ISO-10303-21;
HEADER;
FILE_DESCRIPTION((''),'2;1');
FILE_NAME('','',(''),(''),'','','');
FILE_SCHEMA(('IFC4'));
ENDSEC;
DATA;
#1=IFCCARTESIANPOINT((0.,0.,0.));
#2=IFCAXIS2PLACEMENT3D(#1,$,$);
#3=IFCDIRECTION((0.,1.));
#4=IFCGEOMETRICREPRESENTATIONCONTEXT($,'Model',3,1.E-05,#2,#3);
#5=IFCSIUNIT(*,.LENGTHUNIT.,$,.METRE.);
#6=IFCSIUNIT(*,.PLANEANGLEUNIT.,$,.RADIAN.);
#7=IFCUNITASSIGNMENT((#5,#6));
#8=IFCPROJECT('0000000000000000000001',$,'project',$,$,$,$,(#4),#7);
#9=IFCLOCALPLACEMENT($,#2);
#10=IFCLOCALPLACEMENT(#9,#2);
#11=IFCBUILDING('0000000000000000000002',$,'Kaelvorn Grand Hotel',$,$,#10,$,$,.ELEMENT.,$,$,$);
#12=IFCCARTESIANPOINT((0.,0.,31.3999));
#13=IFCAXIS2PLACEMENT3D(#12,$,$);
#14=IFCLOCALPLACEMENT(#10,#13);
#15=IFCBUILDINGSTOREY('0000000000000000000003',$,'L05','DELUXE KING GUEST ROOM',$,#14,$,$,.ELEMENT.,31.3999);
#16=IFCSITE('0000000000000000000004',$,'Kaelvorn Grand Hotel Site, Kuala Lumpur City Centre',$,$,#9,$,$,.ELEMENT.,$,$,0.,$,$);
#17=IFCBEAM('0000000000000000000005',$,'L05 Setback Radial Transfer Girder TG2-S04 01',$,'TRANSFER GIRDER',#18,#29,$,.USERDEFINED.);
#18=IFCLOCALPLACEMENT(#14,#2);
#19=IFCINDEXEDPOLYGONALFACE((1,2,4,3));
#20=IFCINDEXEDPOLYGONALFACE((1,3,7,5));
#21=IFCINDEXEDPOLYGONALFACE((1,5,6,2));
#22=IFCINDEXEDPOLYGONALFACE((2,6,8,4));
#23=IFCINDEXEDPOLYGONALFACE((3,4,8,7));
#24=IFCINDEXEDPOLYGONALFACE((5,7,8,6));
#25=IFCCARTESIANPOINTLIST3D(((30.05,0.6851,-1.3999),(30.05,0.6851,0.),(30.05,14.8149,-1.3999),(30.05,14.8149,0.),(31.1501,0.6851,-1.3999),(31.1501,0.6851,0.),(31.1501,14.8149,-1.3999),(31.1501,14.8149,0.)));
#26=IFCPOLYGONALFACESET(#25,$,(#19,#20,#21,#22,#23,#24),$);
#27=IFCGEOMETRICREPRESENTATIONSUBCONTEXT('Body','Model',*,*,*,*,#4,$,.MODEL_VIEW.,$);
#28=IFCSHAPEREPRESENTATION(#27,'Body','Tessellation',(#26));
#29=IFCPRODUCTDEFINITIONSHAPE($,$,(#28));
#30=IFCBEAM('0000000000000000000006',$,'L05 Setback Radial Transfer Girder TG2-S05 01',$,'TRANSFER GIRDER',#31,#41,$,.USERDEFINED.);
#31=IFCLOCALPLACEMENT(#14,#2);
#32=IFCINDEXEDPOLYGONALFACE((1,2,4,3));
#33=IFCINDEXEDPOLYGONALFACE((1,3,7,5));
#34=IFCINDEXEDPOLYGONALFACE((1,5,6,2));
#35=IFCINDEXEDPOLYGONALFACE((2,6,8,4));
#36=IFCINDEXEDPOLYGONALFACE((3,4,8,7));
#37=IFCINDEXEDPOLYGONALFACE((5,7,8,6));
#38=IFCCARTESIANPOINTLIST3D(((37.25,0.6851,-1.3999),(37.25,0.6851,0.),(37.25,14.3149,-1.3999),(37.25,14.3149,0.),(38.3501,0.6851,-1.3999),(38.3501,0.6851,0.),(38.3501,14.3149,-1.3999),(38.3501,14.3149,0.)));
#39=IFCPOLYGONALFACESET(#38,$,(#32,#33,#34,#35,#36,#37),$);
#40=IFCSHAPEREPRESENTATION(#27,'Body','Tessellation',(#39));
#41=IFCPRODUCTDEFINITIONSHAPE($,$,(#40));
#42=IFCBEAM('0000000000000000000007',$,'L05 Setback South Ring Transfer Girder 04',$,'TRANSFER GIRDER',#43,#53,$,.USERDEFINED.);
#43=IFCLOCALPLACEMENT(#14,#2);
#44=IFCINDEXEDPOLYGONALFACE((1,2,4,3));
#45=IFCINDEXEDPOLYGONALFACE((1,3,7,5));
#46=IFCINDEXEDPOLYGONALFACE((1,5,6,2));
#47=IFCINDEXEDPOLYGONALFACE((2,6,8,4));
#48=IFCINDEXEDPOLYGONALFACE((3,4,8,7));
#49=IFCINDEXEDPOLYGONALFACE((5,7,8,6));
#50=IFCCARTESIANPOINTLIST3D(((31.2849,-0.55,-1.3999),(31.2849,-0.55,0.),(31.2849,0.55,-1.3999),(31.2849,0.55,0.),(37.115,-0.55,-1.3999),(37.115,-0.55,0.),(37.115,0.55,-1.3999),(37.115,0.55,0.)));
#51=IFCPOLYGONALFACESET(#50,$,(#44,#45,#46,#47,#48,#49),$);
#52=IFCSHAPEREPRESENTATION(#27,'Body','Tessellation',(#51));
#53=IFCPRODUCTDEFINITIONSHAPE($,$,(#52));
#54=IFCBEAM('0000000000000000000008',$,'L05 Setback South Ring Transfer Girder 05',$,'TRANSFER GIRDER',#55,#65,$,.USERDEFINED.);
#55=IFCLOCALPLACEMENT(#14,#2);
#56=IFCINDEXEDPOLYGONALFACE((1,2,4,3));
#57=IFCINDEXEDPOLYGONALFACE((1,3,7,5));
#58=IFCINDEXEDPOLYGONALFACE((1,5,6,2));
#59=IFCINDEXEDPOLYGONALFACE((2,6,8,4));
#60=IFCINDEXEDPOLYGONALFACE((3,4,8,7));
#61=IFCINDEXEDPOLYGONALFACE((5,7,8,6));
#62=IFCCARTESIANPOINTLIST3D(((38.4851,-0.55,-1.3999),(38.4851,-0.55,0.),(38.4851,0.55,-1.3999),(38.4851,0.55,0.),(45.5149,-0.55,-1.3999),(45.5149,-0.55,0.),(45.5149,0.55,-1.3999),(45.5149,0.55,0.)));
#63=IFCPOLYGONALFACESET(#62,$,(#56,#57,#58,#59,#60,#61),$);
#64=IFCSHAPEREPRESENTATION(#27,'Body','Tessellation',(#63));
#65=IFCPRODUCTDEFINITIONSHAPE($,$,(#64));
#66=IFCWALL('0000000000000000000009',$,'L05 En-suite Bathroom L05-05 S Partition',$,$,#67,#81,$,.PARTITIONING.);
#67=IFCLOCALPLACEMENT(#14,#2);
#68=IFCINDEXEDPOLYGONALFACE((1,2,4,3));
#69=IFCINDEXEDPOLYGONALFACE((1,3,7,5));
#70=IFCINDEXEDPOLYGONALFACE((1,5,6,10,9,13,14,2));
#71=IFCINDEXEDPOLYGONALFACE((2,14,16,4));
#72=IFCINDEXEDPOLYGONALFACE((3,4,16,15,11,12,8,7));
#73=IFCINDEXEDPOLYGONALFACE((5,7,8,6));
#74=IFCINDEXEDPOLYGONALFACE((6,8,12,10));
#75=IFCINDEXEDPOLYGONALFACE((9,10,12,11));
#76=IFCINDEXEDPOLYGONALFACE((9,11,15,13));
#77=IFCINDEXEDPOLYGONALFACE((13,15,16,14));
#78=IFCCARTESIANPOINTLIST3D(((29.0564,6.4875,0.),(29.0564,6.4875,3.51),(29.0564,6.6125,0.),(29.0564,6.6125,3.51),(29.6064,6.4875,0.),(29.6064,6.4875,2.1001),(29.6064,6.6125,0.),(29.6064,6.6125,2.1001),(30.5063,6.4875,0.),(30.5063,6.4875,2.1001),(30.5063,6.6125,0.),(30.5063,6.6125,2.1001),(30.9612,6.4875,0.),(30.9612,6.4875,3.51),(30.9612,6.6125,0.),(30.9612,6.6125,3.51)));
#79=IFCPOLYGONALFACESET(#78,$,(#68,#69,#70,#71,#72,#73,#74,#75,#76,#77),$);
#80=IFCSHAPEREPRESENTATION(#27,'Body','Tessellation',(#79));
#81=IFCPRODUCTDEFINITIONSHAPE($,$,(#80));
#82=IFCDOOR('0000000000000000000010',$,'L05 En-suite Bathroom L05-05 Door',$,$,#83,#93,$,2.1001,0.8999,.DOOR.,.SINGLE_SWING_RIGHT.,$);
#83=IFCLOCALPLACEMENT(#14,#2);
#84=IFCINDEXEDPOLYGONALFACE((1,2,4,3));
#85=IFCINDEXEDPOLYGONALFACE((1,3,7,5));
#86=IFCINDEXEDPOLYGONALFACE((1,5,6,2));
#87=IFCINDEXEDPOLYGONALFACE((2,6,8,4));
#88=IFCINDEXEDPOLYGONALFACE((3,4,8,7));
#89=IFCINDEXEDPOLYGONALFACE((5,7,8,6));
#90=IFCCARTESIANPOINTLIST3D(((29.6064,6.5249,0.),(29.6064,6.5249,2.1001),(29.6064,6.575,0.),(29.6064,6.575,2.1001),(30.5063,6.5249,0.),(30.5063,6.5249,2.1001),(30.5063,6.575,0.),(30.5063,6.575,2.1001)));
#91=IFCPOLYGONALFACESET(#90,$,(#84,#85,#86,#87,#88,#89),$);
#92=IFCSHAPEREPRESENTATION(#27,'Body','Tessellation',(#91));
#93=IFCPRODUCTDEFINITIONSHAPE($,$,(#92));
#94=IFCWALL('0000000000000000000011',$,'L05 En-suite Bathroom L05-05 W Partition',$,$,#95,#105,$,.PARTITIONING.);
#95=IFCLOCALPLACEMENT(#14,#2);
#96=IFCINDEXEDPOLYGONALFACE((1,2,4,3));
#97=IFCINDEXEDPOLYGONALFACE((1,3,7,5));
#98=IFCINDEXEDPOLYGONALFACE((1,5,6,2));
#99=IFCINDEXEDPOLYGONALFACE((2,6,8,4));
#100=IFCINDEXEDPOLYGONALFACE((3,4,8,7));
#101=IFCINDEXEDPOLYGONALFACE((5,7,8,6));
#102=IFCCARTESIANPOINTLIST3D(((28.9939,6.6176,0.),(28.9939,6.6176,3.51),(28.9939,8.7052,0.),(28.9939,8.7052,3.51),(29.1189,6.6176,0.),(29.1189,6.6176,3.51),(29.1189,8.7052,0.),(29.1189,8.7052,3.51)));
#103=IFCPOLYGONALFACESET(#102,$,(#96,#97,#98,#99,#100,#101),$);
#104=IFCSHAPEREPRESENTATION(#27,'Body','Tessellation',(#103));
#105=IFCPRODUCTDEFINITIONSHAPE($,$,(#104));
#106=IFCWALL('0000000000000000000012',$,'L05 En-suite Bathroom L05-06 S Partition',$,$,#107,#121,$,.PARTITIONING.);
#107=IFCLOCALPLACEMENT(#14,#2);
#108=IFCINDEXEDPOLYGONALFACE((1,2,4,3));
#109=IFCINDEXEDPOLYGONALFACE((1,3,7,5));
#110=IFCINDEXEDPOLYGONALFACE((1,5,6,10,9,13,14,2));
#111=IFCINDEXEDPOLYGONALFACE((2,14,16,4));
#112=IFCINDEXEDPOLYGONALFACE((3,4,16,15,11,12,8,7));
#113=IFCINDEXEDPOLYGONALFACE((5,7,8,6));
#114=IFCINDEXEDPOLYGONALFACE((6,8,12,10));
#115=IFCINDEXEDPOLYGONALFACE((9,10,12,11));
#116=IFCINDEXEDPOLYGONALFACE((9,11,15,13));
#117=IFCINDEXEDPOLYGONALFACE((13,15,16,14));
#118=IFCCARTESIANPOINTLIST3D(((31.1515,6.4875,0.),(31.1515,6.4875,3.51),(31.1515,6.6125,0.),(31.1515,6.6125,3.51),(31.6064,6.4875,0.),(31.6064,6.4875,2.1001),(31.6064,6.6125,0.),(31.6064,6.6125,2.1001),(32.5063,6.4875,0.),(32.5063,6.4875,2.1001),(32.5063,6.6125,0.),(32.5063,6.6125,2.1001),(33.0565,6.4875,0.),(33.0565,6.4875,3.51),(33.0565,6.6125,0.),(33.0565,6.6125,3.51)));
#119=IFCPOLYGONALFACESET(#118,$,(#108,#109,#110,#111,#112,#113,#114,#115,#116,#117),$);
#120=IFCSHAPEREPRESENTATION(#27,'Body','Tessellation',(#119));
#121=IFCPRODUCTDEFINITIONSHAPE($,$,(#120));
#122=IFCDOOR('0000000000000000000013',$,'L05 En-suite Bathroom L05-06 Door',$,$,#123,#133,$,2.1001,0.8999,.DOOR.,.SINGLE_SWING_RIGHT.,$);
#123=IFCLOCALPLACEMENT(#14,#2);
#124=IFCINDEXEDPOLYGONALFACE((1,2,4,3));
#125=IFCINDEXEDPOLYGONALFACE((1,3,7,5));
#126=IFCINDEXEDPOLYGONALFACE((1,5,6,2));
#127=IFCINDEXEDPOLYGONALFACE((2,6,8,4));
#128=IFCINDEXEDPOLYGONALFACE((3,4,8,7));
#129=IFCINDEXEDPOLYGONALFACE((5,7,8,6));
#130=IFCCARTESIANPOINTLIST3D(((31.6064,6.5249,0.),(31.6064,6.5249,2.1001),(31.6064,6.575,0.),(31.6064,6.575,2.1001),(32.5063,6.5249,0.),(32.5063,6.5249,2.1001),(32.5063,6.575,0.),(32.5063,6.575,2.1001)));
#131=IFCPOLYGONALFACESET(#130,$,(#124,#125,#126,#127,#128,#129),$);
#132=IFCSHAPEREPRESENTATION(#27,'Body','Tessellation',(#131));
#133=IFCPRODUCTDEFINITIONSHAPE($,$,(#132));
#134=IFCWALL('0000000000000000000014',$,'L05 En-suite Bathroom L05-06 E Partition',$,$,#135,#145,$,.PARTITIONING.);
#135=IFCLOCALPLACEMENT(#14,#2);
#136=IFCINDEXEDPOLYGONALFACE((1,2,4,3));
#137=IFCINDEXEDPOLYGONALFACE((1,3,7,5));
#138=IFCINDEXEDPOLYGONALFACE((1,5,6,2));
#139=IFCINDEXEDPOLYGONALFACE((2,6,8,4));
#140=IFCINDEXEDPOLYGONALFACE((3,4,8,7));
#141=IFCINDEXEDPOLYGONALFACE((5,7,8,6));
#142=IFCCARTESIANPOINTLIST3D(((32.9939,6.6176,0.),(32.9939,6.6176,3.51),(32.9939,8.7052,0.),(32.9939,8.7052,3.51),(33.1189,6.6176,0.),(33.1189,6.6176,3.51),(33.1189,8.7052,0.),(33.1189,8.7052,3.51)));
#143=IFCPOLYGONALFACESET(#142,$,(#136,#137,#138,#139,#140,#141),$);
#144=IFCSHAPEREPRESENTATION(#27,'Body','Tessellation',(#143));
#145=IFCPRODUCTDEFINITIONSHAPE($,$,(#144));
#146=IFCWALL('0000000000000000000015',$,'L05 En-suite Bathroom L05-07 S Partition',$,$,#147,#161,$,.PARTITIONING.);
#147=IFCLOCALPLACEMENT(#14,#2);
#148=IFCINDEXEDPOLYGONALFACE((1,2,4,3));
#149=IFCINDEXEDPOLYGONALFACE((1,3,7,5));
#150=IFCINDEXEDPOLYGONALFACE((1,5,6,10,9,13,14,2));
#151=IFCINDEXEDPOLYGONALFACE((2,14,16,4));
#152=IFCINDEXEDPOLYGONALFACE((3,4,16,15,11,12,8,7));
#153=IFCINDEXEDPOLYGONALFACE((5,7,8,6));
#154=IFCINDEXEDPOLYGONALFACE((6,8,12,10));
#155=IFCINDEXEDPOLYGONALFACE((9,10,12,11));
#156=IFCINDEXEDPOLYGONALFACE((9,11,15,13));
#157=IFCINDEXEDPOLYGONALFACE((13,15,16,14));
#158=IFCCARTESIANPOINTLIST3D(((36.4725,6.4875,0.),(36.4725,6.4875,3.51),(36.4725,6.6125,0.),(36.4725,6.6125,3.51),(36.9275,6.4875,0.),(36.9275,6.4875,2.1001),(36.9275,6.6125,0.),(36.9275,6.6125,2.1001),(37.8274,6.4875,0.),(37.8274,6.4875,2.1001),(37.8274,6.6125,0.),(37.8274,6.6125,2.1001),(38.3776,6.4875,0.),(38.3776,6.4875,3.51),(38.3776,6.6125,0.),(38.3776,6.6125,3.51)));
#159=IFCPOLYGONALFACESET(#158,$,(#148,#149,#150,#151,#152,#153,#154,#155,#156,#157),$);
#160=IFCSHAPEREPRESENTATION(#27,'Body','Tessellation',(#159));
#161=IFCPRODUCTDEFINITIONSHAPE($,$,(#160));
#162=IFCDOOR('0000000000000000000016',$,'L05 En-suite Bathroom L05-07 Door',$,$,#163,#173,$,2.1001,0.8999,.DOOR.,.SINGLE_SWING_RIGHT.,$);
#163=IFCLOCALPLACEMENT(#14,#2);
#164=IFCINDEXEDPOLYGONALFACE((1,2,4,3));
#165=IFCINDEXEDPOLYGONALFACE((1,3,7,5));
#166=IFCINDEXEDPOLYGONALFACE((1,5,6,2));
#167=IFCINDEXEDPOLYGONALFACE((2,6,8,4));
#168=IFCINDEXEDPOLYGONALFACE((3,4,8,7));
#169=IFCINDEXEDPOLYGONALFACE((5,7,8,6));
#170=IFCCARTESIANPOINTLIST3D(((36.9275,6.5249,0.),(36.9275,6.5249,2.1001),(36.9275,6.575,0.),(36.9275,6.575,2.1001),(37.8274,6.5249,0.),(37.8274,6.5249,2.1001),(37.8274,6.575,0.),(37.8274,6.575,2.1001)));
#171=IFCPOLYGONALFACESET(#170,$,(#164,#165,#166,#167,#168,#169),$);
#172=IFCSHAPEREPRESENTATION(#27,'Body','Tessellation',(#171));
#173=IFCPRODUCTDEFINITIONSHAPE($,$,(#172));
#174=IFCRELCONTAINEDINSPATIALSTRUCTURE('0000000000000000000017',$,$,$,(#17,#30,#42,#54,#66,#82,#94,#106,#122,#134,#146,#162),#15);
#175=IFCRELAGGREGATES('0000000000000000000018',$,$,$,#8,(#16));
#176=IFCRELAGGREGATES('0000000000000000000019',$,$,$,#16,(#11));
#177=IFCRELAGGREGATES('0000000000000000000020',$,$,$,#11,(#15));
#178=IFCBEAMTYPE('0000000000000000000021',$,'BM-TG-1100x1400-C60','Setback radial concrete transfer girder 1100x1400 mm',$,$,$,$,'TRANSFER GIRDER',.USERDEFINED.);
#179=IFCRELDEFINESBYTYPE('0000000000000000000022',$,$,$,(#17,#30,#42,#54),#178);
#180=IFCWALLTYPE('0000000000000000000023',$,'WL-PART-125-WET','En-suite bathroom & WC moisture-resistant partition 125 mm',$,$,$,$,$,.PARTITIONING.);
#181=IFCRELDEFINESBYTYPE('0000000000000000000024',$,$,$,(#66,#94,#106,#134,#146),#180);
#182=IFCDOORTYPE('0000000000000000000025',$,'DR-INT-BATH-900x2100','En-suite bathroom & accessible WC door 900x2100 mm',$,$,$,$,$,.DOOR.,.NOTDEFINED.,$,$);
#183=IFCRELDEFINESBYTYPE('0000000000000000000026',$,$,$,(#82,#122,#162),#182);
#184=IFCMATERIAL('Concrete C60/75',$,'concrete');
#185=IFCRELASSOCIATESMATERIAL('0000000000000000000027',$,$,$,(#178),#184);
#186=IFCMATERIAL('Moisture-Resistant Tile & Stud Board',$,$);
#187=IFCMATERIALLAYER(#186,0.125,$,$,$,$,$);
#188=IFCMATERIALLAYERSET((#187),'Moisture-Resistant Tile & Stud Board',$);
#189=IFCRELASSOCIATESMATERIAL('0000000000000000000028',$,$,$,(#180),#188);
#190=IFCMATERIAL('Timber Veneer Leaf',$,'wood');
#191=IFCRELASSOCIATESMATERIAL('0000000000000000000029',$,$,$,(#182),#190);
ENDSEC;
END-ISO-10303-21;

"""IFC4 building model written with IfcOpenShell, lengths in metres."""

from ifc_helpers import new_model, si_unit, direction, frame, frame_2d, origin, origin_2d, place, context, subcontext, project, spatial, rectangle, extrude, material, layer, layer_set, material_profile, profile_set, type_object, element, fill, save


model = new_model("IFC4")

# Units and contexts
model_context = context("Model", 3, precision=1e-05, world=origin(), true_north=direction((0.0, 1.0)))
body_context = subcontext(model_context, "Body", "Model", "MODEL_VIEW")
ifc_project = project(units=[si_unit("LENGTHUNIT", "METRE"), si_unit("PLANEANGLEUNIT", "RADIAN")], contexts=[model_context])

# Site, building, storey
site_placement = place(None, origin())
site = spatial("IfcSite", under=ifc_project, at=site_placement, Name="Kaelvorn Grand Hotel Site, Kuala Lumpur City Centre", CompositionType="ELEMENT", RefElevation=0.0)
building_placement = place(site_placement, origin())
building = spatial("IfcBuilding", under=site, at=building_placement, Name="Kaelvorn Grand Hotel", CompositionType="ELEMENT")
storey_placement = place(building_placement, frame((0.0, 0.0, 31.3999)))
storey = spatial("IfcBuildingStorey", under=building, at=storey_placement, Name="L05", Description="DELUXE KING GUEST ROOM", CompositionType="ELEMENT", Elevation=31.3999)

# Beams
ifc_material_1 = material(Name="Concrete C60/75", Category="concrete")
ifc_material_profile_1 = material_profile(ifc_material_1, rectangle(XDim=1.1001, YDim=1.3999, at=origin_2d()), Name="RC TG 1100x1400")
ifc_profile_set_1 = profile_set([ifc_material_profile_1], Name="Concrete C60/75")
beam_type_1 = type_object("IfcBeamType", Name="BM-TG-1100x1400-C60", Description="Setback radial concrete transfer girder 1100x1400 mm", ElementType="TRANSFER GIRDER", PredefinedType="USERDEFINED", material=ifc_profile_set_1)
beam_1_placement = place(storey_placement, frame((30.6001, 0.6851, -0.7), z_axis=(0.0, 1.0, 0.0), x_axis=(-1.0, 0.0, 0.0)))
element("IfcBeam", 1, at=beam_1_placement, inside=storey, type_object=beam_type_1, Name="L05 Setback Radial Transfer Girder TG2-S04 01", ObjectType="TRANSFER GIRDER", PredefinedType="USERDEFINED", context=body_context, shape_type="SweptSolid", body=[
    extrude(rectangle(XDim=1.1001, YDim=1.3999, at=origin_2d()), origin(), (0.0, 0.0, 1.0), 14.1299),
])
beam_2_placement = place(storey_placement, frame((37.8, 0.6851, -0.7), z_axis=(0.0, 1.0, 0.0), x_axis=(-1.0, 0.0, 0.0)))
element("IfcBeam", 2, at=beam_2_placement, inside=storey, type_object=beam_type_1, Name="L05 Setback Radial Transfer Girder TG2-S05 01", ObjectType="TRANSFER GIRDER", PredefinedType="USERDEFINED", context=body_context, shape_type="SweptSolid", body=[
    extrude(rectangle(XDim=1.1001, YDim=1.3999, at=origin_2d()), origin(), (0.0, 0.0, 1.0), 13.6299),
])
beam_3_placement = place(storey_placement, frame((31.2849, 0.0, -0.7), z_axis=(1.0, 0.0, 0.0), x_axis=(0.0, 1.0, 0.0)))
element("IfcBeam", 3, at=beam_3_placement, inside=storey, type_object=beam_type_1, Name="L05 Setback South Ring Transfer Girder 04", ObjectType="TRANSFER GIRDER", PredefinedType="USERDEFINED", context=body_context, shape_type="SweptSolid", body=[
    extrude(rectangle(XDim=1.1001, YDim=1.3999, at=origin_2d()), origin(), (0.0, 0.0, 1.0), 5.8301),
])
beam_4_placement = place(storey_placement, frame((38.4851, 0.0, -0.7), z_axis=(1.0, 0.0, 0.0), x_axis=(0.0, 1.0, 0.0)))
element("IfcBeam", 4, at=beam_4_placement, inside=storey, type_object=beam_type_1, Name="L05 Setback South Ring Transfer Girder 05", ObjectType="TRANSFER GIRDER", PredefinedType="USERDEFINED", context=body_context, shape_type="SweptSolid", body=[
    extrude(rectangle(XDim=1.1001, YDim=1.3999, at=origin_2d()), origin(), (0.0, 0.0, 1.0), 7.0298),
])

# Wall, opening, door
ifc_material_2 = material(Name="Moisture-Resistant Tile & Stud Board")
ifc_layer_1 = layer(ifc_material_2, 0.125)
ifc_layer_set_1 = layer_set([ifc_layer_1], Name="Moisture-Resistant Tile & Stud Board")
wall_type_1 = type_object("IfcWallType", Name="WL-PART-125-WET", Description="En-suite bathroom & WC moisture-resistant partition 125 mm", PredefinedType="PARTITIONING", material=ifc_layer_set_1)
wall_1_placement = place(storey_placement, frame((29.0564, 6.55, 0.0), z_axis=(0.0, 0.0, 1.0), x_axis=(1.0, 0.0, 0.0)))
wall_1 = element("IfcWall", 5, at=wall_1_placement, inside=storey, type_object=wall_type_1, Name="L05 En-suite Bathroom L05-05 S Partition", PredefinedType="PARTITIONING", context=body_context, shape_type="SweptSolid", body=[
    extrude(rectangle(XDim=1.9048, YDim=0.125, at=frame_2d((0.9524, 0.0))), origin(), (0.0, 0.0, 1.0), 3.51),
])
opening_1_placement = place(wall_1_placement, frame((0.55, 0.0, 0.0)))
opening_1 = element("IfcOpeningElement", 6, at=opening_1_placement, cuts=wall_1, PredefinedType="OPENING", context=body_context, shape_type="SweptSolid", body=[
    extrude(rectangle(XDim=0.8999, YDim=2.1001, at=frame_2d((0.45, 1.05))), frame((0.0, 0.0725, 0.0), z_axis=(0.0, -1.0, 0.0), x_axis=(1.0, 0.0, 0.0)), (0.0, 0.0, 1.0), 0.145),
])
ifc_material_3 = material(Name="Timber Veneer Leaf", Category="wood")
door_type_1 = type_object("IfcDoorType", Name="DR-INT-BATH-900x2100", Description="En-suite bathroom & accessible WC door 900x2100 mm", OperationType="NOTDEFINED", PredefinedType="DOOR", material=ifc_material_3)
door_1_placement = place(opening_1_placement, origin())
door_1 = element("IfcDoor", 7, at=door_1_placement, inside=storey, type_object=door_type_1, Name="L05 En-suite Bathroom L05-05 Door", OperationType="SINGLE_SWING_RIGHT", OverallHeight=2.1001, OverallWidth=0.8999, PredefinedType="DOOR", context=body_context, shape_type="SweptSolid", body=[
    extrude(rectangle(XDim=0.8999, YDim=2.1001, at=frame_2d((0.45, 1.05))), frame((0.0, 0.0249, 0.0), z_axis=(0.0, -1.0, 0.0), x_axis=(1.0, 0.0, 0.0)), (0.0, 0.0, 1.0), 0.05),
])
fill(opening_1, door_1)

# Wall
wall_2_placement = place(storey_placement, frame((29.0564, 6.6174, 0.0), z_axis=(0.0, 0.0, 1.0), x_axis=(0.0, 1.0, 0.0)))
element("IfcWall", 8, at=wall_2_placement, inside=storey, type_object=wall_type_1, Name="L05 En-suite Bathroom L05-05 W Partition", PredefinedType="PARTITIONING", context=body_context, shape_type="SweptSolid", body=[
    extrude(rectangle(XDim=2.0876, YDim=0.125, at=frame_2d((1.0439, 0.0))), origin(), (0.0, 0.0, 1.0), 3.51),
])

# Wall, opening, door
wall_3_placement = place(storey_placement, frame((31.1514, 6.55, 0.0), z_axis=(0.0, 0.0, 1.0), x_axis=(1.0, 0.0, 0.0)))
wall_3 = element("IfcWall", 9, at=wall_3_placement, inside=storey, type_object=wall_type_1, Name="L05 En-suite Bathroom L05-06 S Partition", PredefinedType="PARTITIONING", context=body_context, shape_type="SweptSolid", body=[
    extrude(rectangle(XDim=1.905, YDim=0.125, at=frame_2d((0.9526, 0.0))), origin(), (0.0, 0.0, 1.0), 3.51),
])
opening_2_placement = place(wall_3_placement, frame((0.4551, 0.0, 0.0)))
opening_2 = element("IfcOpeningElement", 10, at=opening_2_placement, cuts=wall_3, PredefinedType="OPENING", context=body_context, shape_type="SweptSolid", body=[
    extrude(rectangle(XDim=0.8999, YDim=2.1001, at=frame_2d((0.45, 1.05))), frame((0.0, 0.0725, 0.0), z_axis=(0.0, -1.0, 0.0), x_axis=(1.0, 0.0, 0.0)), (0.0, 0.0, 1.0), 0.145),
])
door_2_placement = place(opening_2_placement, origin())
door_2 = element("IfcDoor", 11, at=door_2_placement, inside=storey, type_object=door_type_1, Name="L05 En-suite Bathroom L05-06 Door", OperationType="SINGLE_SWING_RIGHT", OverallHeight=2.1001, OverallWidth=0.8999, PredefinedType="DOOR", context=body_context, shape_type="SweptSolid", body=[
    extrude(rectangle(XDim=0.8999, YDim=2.1001, at=frame_2d((0.45, 1.05))), frame((0.0, 0.0249, 0.0), z_axis=(0.0, -1.0, 0.0), x_axis=(1.0, 0.0, 0.0)), (0.0, 0.0, 1.0), 0.05),
])
fill(opening_2, door_2)

# Wall
wall_4_placement = place(storey_placement, frame((33.0564, 6.6174, 0.0), z_axis=(0.0, 0.0, 1.0), x_axis=(0.0, 1.0, 0.0)))
element("IfcWall", 12, at=wall_4_placement, inside=storey, type_object=wall_type_1, Name="L05 En-suite Bathroom L05-06 E Partition", PredefinedType="PARTITIONING", context=body_context, shape_type="SweptSolid", body=[
    extrude(rectangle(XDim=2.0876, YDim=0.125, at=frame_2d((1.0439, 0.0))), origin(), (0.0, 0.0, 1.0), 3.51),
])

# Wall, opening, door
wall_5_placement = place(storey_placement, frame((36.4724, 6.55, 0.0), z_axis=(0.0, 0.0, 1.0), x_axis=(1.0, 0.0, 0.0)))
wall_5 = element("IfcWall", 13, at=wall_5_placement, inside=storey, type_object=wall_type_1, Name="L05 En-suite Bathroom L05-07 S Partition", PredefinedType="PARTITIONING", context=body_context, shape_type="SweptSolid", body=[
    extrude(rectangle(XDim=1.905, YDim=0.125, at=frame_2d((0.9526, 0.0))), origin(), (0.0, 0.0, 1.0), 3.51),
])
opening_3_placement = place(wall_5_placement, frame((0.4551, 0.0, 0.0)))
opening_3 = element("IfcOpeningElement", 14, at=opening_3_placement, cuts=wall_5, PredefinedType="OPENING", context=body_context, shape_type="SweptSolid", body=[
    extrude(rectangle(XDim=0.8999, YDim=2.1001, at=frame_2d((0.45, 1.05))), frame((0.0, 0.0725, 0.0), z_axis=(0.0, -1.0, 0.0), x_axis=(1.0, 0.0, 0.0)), (0.0, 0.0, 1.0), 0.145),
])
door_3_placement = place(opening_3_placement, origin())
door_3 = element("IfcDoor", 15, at=door_3_placement, inside=storey, type_object=door_type_1, Name="L05 En-suite Bathroom L05-07 Door", OperationType="SINGLE_SWING_RIGHT", OverallHeight=2.1001, OverallWidth=0.8999, PredefinedType="DOOR", context=body_context, shape_type="SweptSolid", body=[
    extrude(rectangle(XDim=0.8999, YDim=2.1001, at=frame_2d((0.45, 1.05))), frame((0.0, 0.0249, 0.0), z_axis=(0.0, -1.0, 0.0), x_axis=(1.0, 0.0, 0.0)), (0.0, 0.0, 1.0), 0.05),
])
fill(opening_3, door_3)

save(model, "model.ifc")
